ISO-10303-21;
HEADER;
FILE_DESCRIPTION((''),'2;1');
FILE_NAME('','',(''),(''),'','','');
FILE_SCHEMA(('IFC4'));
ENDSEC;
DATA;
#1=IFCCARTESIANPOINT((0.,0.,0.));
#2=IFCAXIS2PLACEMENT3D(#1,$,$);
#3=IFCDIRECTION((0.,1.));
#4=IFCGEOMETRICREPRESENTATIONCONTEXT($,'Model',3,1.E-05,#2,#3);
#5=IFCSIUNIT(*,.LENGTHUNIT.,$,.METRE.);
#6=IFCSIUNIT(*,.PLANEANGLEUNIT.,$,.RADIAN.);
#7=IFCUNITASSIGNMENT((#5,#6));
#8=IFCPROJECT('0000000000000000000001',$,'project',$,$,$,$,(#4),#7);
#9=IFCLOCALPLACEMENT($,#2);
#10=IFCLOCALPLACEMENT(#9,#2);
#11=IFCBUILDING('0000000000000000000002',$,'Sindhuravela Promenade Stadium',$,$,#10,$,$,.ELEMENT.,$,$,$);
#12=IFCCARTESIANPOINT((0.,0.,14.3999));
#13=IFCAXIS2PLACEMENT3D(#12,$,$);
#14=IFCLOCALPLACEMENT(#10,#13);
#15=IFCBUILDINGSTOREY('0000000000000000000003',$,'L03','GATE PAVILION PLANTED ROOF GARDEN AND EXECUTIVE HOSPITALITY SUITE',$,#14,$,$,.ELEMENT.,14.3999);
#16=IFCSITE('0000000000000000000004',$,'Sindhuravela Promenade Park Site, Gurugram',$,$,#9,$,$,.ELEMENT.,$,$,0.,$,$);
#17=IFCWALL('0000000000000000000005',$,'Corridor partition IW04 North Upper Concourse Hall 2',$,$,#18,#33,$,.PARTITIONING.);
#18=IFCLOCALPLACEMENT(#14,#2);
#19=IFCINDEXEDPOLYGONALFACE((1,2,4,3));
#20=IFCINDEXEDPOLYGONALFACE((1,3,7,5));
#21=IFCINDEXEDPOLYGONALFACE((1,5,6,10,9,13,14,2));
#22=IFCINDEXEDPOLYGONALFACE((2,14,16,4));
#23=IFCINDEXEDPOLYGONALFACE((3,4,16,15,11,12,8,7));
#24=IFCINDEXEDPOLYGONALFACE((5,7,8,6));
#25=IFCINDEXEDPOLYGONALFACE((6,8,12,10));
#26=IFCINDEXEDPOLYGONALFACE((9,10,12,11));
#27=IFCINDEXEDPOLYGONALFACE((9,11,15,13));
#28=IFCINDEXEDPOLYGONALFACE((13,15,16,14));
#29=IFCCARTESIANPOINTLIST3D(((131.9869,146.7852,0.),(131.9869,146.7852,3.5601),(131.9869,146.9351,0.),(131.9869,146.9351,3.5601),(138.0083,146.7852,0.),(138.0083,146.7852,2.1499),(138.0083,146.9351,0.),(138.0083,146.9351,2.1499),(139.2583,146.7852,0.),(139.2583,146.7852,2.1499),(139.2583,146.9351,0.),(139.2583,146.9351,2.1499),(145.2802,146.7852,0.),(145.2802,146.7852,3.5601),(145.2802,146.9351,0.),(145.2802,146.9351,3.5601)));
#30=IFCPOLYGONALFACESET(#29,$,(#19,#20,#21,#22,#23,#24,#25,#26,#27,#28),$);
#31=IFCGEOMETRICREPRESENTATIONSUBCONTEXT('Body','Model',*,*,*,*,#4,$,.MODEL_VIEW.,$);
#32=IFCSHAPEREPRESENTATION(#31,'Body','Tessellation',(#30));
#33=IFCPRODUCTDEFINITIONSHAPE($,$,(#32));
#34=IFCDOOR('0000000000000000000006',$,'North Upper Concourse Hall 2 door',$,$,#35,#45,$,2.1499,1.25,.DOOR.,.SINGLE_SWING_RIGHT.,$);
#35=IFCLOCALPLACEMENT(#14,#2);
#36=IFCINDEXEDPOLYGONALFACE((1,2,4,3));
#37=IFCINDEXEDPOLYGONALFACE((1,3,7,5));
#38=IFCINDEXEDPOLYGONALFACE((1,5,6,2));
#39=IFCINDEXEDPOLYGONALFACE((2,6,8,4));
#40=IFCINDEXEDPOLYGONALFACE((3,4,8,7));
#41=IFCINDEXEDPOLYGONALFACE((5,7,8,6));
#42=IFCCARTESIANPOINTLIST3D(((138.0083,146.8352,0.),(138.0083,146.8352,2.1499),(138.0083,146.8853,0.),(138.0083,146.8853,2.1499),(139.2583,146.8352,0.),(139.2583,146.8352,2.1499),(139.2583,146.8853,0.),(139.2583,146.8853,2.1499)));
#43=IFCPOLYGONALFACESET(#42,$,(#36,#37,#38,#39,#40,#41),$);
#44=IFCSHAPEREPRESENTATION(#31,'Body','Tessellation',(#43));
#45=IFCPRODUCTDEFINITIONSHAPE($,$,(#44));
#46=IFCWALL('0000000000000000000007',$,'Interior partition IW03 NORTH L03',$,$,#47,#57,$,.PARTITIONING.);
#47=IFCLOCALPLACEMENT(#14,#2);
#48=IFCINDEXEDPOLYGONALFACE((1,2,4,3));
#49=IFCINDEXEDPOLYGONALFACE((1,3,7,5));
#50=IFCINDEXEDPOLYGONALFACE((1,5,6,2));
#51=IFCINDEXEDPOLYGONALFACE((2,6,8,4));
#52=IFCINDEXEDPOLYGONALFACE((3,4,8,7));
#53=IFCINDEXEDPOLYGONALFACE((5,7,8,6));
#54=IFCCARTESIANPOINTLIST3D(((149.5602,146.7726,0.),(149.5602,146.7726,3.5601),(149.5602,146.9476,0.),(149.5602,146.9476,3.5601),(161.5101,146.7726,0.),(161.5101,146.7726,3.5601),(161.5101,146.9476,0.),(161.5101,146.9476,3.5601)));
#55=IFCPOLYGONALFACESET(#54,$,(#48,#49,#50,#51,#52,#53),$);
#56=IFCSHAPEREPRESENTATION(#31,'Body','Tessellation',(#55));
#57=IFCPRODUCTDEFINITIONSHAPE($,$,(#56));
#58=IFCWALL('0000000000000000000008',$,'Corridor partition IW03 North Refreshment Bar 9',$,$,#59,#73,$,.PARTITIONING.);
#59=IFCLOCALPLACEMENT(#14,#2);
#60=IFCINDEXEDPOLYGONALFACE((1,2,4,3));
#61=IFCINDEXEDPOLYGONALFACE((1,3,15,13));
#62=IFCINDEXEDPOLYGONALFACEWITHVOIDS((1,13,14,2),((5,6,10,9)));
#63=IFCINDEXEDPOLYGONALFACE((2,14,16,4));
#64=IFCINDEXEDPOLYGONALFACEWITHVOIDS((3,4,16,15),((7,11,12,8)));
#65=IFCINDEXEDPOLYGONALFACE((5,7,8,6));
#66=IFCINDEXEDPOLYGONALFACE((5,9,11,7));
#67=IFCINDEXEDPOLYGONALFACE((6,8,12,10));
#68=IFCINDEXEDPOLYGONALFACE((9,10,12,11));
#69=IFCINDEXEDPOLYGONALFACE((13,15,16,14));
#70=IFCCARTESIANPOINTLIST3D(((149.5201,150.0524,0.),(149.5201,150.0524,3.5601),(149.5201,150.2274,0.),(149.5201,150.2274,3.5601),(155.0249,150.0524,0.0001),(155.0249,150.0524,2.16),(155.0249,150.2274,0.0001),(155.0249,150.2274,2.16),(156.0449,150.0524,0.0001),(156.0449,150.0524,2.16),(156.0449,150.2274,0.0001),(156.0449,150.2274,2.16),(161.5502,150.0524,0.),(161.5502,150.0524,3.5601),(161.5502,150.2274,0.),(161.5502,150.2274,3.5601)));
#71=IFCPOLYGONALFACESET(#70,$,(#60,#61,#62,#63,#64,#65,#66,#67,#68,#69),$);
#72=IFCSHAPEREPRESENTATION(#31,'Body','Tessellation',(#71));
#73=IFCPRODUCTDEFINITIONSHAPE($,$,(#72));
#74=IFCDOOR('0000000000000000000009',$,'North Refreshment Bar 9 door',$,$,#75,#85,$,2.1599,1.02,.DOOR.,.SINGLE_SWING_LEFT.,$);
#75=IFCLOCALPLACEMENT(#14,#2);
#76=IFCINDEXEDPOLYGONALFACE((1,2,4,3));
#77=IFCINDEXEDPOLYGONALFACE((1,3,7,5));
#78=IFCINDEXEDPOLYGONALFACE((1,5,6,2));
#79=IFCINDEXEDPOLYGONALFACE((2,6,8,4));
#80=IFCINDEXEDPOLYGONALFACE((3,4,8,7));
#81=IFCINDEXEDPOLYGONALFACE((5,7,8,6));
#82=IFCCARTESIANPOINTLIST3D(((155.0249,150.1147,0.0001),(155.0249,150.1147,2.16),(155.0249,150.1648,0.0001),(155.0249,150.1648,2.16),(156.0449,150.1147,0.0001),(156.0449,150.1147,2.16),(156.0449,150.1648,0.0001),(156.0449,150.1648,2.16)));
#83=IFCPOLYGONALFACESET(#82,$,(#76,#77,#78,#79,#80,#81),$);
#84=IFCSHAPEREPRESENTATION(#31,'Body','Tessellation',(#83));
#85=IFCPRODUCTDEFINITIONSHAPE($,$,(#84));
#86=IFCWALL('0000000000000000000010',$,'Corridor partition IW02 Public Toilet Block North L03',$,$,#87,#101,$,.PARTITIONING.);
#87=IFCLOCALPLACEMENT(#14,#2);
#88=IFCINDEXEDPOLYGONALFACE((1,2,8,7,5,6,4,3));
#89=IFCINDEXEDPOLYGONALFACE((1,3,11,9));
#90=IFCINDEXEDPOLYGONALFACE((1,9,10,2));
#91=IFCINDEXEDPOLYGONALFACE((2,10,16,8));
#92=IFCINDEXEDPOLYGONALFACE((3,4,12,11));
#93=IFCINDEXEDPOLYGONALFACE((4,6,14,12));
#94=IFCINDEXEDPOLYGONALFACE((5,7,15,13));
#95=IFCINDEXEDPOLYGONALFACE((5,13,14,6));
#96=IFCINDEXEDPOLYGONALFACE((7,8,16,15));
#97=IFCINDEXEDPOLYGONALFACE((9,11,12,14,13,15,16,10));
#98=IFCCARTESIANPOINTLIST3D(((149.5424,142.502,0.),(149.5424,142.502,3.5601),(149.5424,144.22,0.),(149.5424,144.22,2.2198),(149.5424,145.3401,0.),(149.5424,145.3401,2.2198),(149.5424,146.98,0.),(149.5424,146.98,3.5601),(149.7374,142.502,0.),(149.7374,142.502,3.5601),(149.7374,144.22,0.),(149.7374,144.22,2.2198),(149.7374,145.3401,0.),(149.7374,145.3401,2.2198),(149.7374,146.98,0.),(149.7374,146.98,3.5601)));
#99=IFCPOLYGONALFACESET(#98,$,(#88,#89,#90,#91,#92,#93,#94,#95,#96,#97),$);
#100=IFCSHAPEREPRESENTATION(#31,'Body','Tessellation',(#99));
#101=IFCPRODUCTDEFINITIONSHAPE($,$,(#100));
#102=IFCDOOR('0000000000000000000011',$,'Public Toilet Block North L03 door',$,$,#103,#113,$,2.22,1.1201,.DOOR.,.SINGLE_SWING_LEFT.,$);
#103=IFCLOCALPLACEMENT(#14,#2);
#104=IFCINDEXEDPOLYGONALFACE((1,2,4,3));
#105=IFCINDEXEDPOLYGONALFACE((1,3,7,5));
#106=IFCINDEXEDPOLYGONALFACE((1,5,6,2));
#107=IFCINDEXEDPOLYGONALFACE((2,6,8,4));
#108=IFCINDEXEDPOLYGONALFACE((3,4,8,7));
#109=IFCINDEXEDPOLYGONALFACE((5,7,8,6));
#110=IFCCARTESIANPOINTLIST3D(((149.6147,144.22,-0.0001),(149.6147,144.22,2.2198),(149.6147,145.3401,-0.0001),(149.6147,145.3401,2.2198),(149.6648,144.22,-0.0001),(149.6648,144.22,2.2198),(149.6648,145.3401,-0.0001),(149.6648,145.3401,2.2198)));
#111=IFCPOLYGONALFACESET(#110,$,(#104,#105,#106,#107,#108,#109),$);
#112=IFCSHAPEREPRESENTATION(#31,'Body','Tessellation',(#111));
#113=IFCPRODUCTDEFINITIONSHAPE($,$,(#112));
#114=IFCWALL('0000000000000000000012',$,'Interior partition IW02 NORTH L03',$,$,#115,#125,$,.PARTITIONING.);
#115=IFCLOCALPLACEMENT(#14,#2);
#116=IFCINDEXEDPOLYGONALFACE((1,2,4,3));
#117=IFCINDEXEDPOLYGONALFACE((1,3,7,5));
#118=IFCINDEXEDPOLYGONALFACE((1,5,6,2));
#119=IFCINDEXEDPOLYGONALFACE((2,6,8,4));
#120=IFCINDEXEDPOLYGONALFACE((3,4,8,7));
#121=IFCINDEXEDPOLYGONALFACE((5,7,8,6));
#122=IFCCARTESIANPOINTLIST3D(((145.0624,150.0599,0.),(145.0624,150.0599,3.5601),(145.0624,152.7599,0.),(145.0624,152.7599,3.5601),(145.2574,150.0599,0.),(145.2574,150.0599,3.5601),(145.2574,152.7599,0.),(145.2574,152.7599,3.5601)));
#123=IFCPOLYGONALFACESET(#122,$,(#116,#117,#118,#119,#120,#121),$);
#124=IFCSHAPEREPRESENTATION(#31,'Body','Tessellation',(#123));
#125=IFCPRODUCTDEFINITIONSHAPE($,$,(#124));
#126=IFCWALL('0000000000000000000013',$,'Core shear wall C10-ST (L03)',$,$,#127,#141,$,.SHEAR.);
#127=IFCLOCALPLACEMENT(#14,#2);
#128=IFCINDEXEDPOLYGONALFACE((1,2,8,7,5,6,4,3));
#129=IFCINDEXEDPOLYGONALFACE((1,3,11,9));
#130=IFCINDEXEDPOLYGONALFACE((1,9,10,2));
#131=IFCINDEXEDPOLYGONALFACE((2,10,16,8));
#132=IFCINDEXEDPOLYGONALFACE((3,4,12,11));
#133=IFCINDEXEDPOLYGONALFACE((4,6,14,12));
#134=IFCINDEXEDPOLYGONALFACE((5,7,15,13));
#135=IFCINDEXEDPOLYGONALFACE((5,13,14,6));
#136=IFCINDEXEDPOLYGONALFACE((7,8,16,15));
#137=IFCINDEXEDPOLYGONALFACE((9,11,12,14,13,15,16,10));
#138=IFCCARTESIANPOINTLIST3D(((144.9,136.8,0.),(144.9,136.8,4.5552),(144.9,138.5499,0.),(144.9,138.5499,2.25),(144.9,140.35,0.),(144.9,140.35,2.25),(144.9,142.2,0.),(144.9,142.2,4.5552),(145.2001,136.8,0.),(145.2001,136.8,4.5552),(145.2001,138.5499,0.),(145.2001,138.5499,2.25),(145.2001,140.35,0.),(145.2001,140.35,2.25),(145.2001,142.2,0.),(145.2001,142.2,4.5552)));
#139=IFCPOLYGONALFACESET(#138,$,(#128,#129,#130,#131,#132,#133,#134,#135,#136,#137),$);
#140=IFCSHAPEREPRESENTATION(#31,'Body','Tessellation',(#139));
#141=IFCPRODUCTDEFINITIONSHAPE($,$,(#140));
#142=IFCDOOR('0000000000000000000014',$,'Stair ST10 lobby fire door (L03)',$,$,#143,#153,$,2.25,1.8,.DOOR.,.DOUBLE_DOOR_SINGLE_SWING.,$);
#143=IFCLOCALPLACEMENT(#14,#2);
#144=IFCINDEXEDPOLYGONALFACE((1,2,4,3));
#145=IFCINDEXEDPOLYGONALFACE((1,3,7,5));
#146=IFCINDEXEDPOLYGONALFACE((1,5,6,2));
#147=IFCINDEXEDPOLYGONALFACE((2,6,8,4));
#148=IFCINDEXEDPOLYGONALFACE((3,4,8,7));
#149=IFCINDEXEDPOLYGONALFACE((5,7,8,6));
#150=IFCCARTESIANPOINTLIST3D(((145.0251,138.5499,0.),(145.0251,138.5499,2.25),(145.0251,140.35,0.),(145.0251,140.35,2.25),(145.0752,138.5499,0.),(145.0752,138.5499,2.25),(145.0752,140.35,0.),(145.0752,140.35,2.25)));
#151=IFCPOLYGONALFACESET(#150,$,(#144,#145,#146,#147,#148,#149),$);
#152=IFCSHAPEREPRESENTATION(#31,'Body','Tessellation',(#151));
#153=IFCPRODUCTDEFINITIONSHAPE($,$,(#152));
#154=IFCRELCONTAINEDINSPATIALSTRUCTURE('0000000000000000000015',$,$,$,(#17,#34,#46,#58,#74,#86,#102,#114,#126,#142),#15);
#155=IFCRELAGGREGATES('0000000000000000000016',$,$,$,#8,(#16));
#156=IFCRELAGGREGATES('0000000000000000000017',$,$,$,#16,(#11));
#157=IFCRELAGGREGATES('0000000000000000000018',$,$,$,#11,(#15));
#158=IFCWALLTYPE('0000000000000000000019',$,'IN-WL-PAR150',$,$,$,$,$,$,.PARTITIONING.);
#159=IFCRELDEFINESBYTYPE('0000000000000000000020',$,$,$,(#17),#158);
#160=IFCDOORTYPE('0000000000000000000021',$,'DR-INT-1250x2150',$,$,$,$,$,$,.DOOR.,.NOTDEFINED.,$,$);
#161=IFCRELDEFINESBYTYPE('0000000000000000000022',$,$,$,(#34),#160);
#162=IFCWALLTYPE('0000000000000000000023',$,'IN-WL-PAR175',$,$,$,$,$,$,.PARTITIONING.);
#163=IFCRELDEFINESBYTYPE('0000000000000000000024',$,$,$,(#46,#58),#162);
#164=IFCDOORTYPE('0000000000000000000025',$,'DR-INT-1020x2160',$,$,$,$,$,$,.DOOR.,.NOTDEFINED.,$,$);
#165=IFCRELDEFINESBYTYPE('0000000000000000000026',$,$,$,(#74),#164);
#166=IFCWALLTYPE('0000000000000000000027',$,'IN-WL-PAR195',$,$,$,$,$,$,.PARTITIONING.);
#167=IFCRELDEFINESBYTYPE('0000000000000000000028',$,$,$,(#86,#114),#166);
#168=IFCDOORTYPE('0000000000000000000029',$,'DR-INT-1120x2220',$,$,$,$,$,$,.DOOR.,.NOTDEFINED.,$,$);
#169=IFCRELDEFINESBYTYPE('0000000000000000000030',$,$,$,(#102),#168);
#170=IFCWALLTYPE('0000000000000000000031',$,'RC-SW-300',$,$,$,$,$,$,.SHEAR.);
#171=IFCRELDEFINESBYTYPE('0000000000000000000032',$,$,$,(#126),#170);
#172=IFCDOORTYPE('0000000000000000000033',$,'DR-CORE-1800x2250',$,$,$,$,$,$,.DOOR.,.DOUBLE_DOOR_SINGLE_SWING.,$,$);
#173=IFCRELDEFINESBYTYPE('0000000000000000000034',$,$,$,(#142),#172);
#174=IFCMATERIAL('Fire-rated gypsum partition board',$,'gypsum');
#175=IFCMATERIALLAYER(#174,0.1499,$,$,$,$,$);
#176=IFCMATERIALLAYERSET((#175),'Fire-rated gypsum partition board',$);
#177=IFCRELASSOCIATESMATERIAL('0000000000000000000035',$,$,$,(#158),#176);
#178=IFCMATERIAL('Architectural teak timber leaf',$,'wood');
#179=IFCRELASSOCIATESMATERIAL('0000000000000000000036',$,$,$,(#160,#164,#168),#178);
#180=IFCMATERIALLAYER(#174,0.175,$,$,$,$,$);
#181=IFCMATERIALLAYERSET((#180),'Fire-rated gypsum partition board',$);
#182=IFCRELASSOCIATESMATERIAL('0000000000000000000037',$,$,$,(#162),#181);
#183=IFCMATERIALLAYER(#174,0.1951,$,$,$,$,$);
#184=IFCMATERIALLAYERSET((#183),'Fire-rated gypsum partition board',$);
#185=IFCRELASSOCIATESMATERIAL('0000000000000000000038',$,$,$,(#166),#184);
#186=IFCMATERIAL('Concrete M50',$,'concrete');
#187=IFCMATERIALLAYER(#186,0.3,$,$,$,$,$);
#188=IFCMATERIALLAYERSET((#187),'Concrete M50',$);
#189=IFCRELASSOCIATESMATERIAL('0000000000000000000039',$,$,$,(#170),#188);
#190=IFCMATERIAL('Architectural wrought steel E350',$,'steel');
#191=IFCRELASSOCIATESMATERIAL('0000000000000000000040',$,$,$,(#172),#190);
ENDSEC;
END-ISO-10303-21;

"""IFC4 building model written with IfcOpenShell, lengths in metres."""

from ifc_helpers import new_model, si_unit, direction, frame, frame_2d, origin, place, context, subcontext, project, spatial, rectangle, extrude, material, layer, layer_set, type_object, element, fill, save


model = new_model("IFC4")

# Units and contexts
model_context = context("Model", 3, precision=1e-05, world=origin(), true_north=direction((0.0, 1.0)))
body_context = subcontext(model_context, "Body", "Model", "MODEL_VIEW")
ifc_project = project(units=[si_unit("LENGTHUNIT", "METRE"), si_unit("PLANEANGLEUNIT", "RADIAN")], contexts=[model_context])

# Site, building, storey
site_placement = place(None, origin())
site = spatial("IfcSite", under=ifc_project, at=site_placement, Name="Sindhuravela Promenade Park Site, Gurugram", CompositionType="ELEMENT", RefElevation=0.0)
building_placement = place(site_placement, origin())
building = spatial("IfcBuilding", under=site, at=building_placement, Name="Sindhuravela Promenade Stadium", CompositionType="ELEMENT")
storey_placement = place(building_placement, frame((0.0, 0.0, 14.3999)))
storey = spatial("IfcBuildingStorey", under=building, at=storey_placement, Name="L03", Description="GATE PAVILION PLANTED ROOF GARDEN AND EXECUTIVE HOSPITALITY SUITE", CompositionType="ELEMENT", Elevation=14.3999)

# Shared definitions
ifc_material_1 = material(Name="Fire-rated gypsum partition board", Category="gypsum")

# Wall, opening, door
ifc_layer_1 = layer(ifc_material_1, 0.1499)
ifc_layer_set_1 = layer_set([ifc_layer_1], Name="Fire-rated gypsum partition board")
wall_type_1 = type_object("IfcWallType", Name="IN-WL-PAR150", PredefinedType="PARTITIONING", material=ifc_layer_set_1)
wall_1_placement = place(storey_placement, frame((145.28, 146.8601, 0.0), z_axis=(0.0, 0.0, 1.0), x_axis=(-1.0, 0.0, 0.0)))
wall_1 = element("IfcWall", 1, at=wall_1_placement, inside=storey, type_object=wall_type_1, Name="Corridor partition IW04 North Upper Concourse Hall 2", PredefinedType="PARTITIONING", context=body_context, shape_type="SweptSolid", body=[
    extrude(rectangle(XDim=13.2932, YDim=0.1499, at=frame_2d((6.6465, 0.0))), origin(), (0.0, 0.0, 1.0), 3.5601),
])
opening_1_placement = place(wall_1_placement, frame((6.0217, 0.0, 0.0)))
opening_1 = element("IfcOpeningElement", 2, at=opening_1_placement, cuts=wall_1, PredefinedType="OPENING", context=body_context, shape_type="SweptSolid", body=[
    extrude(rectangle(XDim=1.25, YDim=2.1499, at=frame_2d((0.625, 1.075))), frame((0.0, 0.085, 0.0), z_axis=(0.0, -1.0, 0.0), x_axis=(1.0, 0.0, 0.0)), (0.0, 0.0, 1.0), 0.1699),
])
ifc_material_2 = material(Name="Architectural teak timber leaf", Category="wood")
door_type_1 = type_object("IfcDoorType", Name="DR-INT-1250x2150", OperationType="NOTDEFINED", PredefinedType="DOOR", material=ifc_material_2)
door_1_placement = place(opening_1_placement, origin())
door_1 = element("IfcDoor", 3, at=door_1_placement, inside=storey, type_object=door_type_1, Name="North Upper Concourse Hall 2 door", OperationType="SINGLE_SWING_RIGHT", OverallHeight=2.1499, OverallWidth=1.25, PredefinedType="DOOR", context=body_context, shape_type="SweptSolid", body=[
    extrude(rectangle(XDim=1.25, YDim=2.1499, at=frame_2d((0.625, 1.075))), frame((0.0, 0.0249, 0.0), z_axis=(0.0, -1.0, 0.0), x_axis=(1.0, 0.0, 0.0)), (0.0, 0.0, 1.0), 0.05),
])
fill(opening_1, door_1)

# Wall
ifc_layer_2 = layer(ifc_material_1, 0.175)
ifc_layer_set_2 = layer_set([ifc_layer_2], Name="Fire-rated gypsum partition board")
wall_type_2 = type_object("IfcWallType", Name="IN-WL-PAR175", PredefinedType="PARTITIONING", material=ifc_layer_set_2)
wall_2_placement = place(storey_placement, frame((149.5601, 146.8601, 0.0), z_axis=(0.0, 0.0, 1.0), x_axis=(1.0, 0.0, 0.0)))
element("IfcWall", 4, at=wall_2_placement, inside=storey, type_object=wall_type_2, Name="Interior partition IW03 NORTH L03", PredefinedType="PARTITIONING", context=body_context, shape_type="SweptSolid", body=[
    extrude(rectangle(XDim=11.95, YDim=0.175, at=frame_2d((5.9751, 0.0))), origin(), (0.0, 0.0, 1.0), 3.5601),
])

# Walls, openings, doors
wall_3_placement = place(storey_placement, frame((149.52, 150.1399, 0.0), z_axis=(0.0, 0.0, 1.0), x_axis=(1.0, 0.0, 0.0)))
wall_3 = element("IfcWall", 5, at=wall_3_placement, inside=storey, type_object=wall_type_2, Name="Corridor partition IW03 North Refreshment Bar 9", PredefinedType="PARTITIONING", context=body_context, shape_type="SweptSolid", body=[
    extrude(rectangle(XDim=12.03, YDim=0.175, at=frame_2d((6.0151, 0.0))), origin(), (0.0, 0.0, 1.0), 3.5601),
])
opening_2_placement = place(wall_3_placement, frame((5.5049, 0.0, 0.0)))
opening_2 = element("IfcOpeningElement", 6, at=opening_2_placement, cuts=wall_3, PredefinedType="OPENING", context=body_context, shape_type="SweptSolid", body=[
    extrude(rectangle(XDim=1.02, YDim=2.1599, at=frame_2d((0.51, 1.0801))), frame((0.0, 0.0974, 0.0), z_axis=(0.0, -1.0, 0.0), x_axis=(1.0, 0.0, 0.0)), (0.0, 0.0, 1.0), 0.1951),
])
door_type_2 = type_object("IfcDoorType", Name="DR-INT-1020x2160", OperationType="NOTDEFINED", PredefinedType="DOOR", material=ifc_material_2)
door_2_placement = place(opening_2_placement, origin())
door_2 = element("IfcDoor", 7, at=door_2_placement, inside=storey, type_object=door_type_2, Name="North Refreshment Bar 9 door", OperationType="SINGLE_SWING_LEFT", OverallHeight=2.1599, OverallWidth=1.02, PredefinedType="DOOR", context=body_context, shape_type="SweptSolid", body=[
    extrude(rectangle(XDim=1.02, YDim=2.1599, at=frame_2d((0.51, 1.0801))), frame((0.0, 0.0249, 0.0), z_axis=(0.0, -1.0, 0.0), x_axis=(1.0, 0.0, 0.0)), (0.0, 0.0, 1.0), 0.05),
])
fill(opening_2, door_2)
ifc_layer_3 = layer(ifc_material_1, 0.1951)
ifc_layer_set_3 = layer_set([ifc_layer_3], Name="Fire-rated gypsum partition board")
wall_type_3 = type_object("IfcWallType", Name="IN-WL-PAR195", PredefinedType="PARTITIONING", material=ifc_layer_set_3)
wall_4_placement = place(storey_placement, frame((149.6399, 146.98, 0.0), z_axis=(0.0, 0.0, 1.0), x_axis=(0.0, -1.0, 0.0)))
wall_4 = element("IfcWall", 8, at=wall_4_placement, inside=storey, type_object=wall_type_3, Name="Corridor partition IW02 Public Toilet Block North L03", PredefinedType="PARTITIONING", context=body_context, shape_type="SweptSolid", body=[
    extrude(rectangle(XDim=4.478, YDim=0.1951, at=frame_2d((2.239, 0.0))), origin(), (0.0, 0.0, 1.0), 3.5601),
])
opening_3_placement = place(wall_4_placement, frame((1.6399, 0.0, 0.0)))
opening_3 = element("IfcOpeningElement", 9, at=opening_3_placement, cuts=wall_4, PredefinedType="OPENING", context=body_context, shape_type="SweptSolid", body=[
    extrude(rectangle(XDim=1.1201, YDim=2.22, at=frame_2d((0.5601, 1.1099))), frame((0.0, 0.1074, 0.0), z_axis=(0.0, -1.0, 0.0), x_axis=(1.0, 0.0, 0.0)), (0.0, 0.0, 1.0), 0.2151),
])
door_type_3 = type_object("IfcDoorType", Name="DR-INT-1120x2220", OperationType="NOTDEFINED", PredefinedType="DOOR", material=ifc_material_2)
door_3_placement = place(opening_3_placement, origin())
door_3 = element("IfcDoor", 10, at=door_3_placement, inside=storey, type_object=door_type_3, Name="Public Toilet Block North L03 door", OperationType="SINGLE_SWING_LEFT", OverallHeight=2.22, OverallWidth=1.1201, PredefinedType="DOOR", context=body_context, shape_type="SweptSolid", body=[
    extrude(rectangle(XDim=1.1201, YDim=2.22, at=frame_2d((0.5601, 1.1099))), frame((0.0, 0.0249, 0.0), z_axis=(0.0, -1.0, 0.0), x_axis=(1.0, 0.0, 0.0)), (0.0, 0.0, 1.0), 0.05),
])
fill(opening_3, door_3)

# Wall
wall_5_placement = place(storey_placement, frame((145.1599, 152.76, 0.0), z_axis=(0.0, 0.0, 1.0), x_axis=(0.0, -1.0, 0.0)))
element("IfcWall", 11, at=wall_5_placement, inside=storey, type_object=wall_type_3, Name="Interior partition IW02 NORTH L03", PredefinedType="PARTITIONING", context=body_context, shape_type="SweptSolid", body=[
    extrude(rectangle(XDim=2.7, YDim=0.1951, at=frame_2d((1.3501, 0.0))), origin(), (0.0, 0.0, 1.0), 3.5601),
])

# Wall, opening, door
ifc_material_3 = material(Name="Concrete M50", Category="concrete")
ifc_layer_4 = layer(ifc_material_3, 0.3)
ifc_layer_set_4 = layer_set([ifc_layer_4], Name="Concrete M50")
wall_type_4 = type_object("IfcWallType", Name="RC-SW-300", PredefinedType="SHEAR", material=ifc_layer_set_4)
wall_6_placement = place(storey_placement, frame((145.05, 136.8, 0.0), z_axis=(0.0, 0.0, 1.0), x_axis=(0.0, 1.0, 0.0)))
wall_6 = element("IfcWall", 12, at=wall_6_placement, inside=storey, type_object=wall_type_4, Name="Core shear wall C10-ST (L03)", PredefinedType="SHEAR", context=body_context, shape_type="SweptSolid", body=[
    extrude(rectangle(XDim=5.3999, YDim=0.3, at=frame_2d((2.7, 0.0))), origin(), (0.0, 0.0, 1.0), 4.5552),
])
opening_4_placement = place(wall_6_placement, frame((1.75, 0.0, 0.0)))
opening_4 = element("IfcOpeningElement", 13, at=opening_4_placement, cuts=wall_6, PredefinedType="OPENING", context=body_context, shape_type="SweptSolid", body=[
    extrude(rectangle(XDim=1.8, YDim=2.25, at=frame_2d((0.8999, 1.125))), frame((0.0, 0.1599, 0.0), z_axis=(0.0, -1.0, 0.0), x_axis=(1.0, 0.0, 0.0)), (0.0, 0.0, 1.0), 0.3201),
])
ifc_material_4 = material(Name="Architectural wrought steel E350", Category="steel")
door_type_4 = type_object("IfcDoorType", Name="DR-CORE-1800x2250", OperationType="DOUBLE_DOOR_SINGLE_SWING", PredefinedType="DOOR", material=ifc_material_4)
door_4_placement = place(opening_4_placement, origin())
door_4 = element("IfcDoor", 14, at=door_4_placement, inside=storey, type_object=door_type_4, Name="Stair ST10 lobby fire door (L03)", OperationType="DOUBLE_DOOR_SINGLE_SWING", OverallHeight=2.25, OverallWidth=1.8, PredefinedType="DOOR", context=body_context, shape_type="SweptSolid", body=[
    extrude(rectangle(XDim=1.8, YDim=2.25, at=frame_2d((0.8999, 1.125))), frame((0.0, 0.0249, 0.0), z_axis=(0.0, -1.0, 0.0), x_axis=(1.0, 0.0, 0.0)), (0.0, 0.0, 1.0), 0.05),
])
fill(opening_4, door_4)

save(model, "model.ifc")
